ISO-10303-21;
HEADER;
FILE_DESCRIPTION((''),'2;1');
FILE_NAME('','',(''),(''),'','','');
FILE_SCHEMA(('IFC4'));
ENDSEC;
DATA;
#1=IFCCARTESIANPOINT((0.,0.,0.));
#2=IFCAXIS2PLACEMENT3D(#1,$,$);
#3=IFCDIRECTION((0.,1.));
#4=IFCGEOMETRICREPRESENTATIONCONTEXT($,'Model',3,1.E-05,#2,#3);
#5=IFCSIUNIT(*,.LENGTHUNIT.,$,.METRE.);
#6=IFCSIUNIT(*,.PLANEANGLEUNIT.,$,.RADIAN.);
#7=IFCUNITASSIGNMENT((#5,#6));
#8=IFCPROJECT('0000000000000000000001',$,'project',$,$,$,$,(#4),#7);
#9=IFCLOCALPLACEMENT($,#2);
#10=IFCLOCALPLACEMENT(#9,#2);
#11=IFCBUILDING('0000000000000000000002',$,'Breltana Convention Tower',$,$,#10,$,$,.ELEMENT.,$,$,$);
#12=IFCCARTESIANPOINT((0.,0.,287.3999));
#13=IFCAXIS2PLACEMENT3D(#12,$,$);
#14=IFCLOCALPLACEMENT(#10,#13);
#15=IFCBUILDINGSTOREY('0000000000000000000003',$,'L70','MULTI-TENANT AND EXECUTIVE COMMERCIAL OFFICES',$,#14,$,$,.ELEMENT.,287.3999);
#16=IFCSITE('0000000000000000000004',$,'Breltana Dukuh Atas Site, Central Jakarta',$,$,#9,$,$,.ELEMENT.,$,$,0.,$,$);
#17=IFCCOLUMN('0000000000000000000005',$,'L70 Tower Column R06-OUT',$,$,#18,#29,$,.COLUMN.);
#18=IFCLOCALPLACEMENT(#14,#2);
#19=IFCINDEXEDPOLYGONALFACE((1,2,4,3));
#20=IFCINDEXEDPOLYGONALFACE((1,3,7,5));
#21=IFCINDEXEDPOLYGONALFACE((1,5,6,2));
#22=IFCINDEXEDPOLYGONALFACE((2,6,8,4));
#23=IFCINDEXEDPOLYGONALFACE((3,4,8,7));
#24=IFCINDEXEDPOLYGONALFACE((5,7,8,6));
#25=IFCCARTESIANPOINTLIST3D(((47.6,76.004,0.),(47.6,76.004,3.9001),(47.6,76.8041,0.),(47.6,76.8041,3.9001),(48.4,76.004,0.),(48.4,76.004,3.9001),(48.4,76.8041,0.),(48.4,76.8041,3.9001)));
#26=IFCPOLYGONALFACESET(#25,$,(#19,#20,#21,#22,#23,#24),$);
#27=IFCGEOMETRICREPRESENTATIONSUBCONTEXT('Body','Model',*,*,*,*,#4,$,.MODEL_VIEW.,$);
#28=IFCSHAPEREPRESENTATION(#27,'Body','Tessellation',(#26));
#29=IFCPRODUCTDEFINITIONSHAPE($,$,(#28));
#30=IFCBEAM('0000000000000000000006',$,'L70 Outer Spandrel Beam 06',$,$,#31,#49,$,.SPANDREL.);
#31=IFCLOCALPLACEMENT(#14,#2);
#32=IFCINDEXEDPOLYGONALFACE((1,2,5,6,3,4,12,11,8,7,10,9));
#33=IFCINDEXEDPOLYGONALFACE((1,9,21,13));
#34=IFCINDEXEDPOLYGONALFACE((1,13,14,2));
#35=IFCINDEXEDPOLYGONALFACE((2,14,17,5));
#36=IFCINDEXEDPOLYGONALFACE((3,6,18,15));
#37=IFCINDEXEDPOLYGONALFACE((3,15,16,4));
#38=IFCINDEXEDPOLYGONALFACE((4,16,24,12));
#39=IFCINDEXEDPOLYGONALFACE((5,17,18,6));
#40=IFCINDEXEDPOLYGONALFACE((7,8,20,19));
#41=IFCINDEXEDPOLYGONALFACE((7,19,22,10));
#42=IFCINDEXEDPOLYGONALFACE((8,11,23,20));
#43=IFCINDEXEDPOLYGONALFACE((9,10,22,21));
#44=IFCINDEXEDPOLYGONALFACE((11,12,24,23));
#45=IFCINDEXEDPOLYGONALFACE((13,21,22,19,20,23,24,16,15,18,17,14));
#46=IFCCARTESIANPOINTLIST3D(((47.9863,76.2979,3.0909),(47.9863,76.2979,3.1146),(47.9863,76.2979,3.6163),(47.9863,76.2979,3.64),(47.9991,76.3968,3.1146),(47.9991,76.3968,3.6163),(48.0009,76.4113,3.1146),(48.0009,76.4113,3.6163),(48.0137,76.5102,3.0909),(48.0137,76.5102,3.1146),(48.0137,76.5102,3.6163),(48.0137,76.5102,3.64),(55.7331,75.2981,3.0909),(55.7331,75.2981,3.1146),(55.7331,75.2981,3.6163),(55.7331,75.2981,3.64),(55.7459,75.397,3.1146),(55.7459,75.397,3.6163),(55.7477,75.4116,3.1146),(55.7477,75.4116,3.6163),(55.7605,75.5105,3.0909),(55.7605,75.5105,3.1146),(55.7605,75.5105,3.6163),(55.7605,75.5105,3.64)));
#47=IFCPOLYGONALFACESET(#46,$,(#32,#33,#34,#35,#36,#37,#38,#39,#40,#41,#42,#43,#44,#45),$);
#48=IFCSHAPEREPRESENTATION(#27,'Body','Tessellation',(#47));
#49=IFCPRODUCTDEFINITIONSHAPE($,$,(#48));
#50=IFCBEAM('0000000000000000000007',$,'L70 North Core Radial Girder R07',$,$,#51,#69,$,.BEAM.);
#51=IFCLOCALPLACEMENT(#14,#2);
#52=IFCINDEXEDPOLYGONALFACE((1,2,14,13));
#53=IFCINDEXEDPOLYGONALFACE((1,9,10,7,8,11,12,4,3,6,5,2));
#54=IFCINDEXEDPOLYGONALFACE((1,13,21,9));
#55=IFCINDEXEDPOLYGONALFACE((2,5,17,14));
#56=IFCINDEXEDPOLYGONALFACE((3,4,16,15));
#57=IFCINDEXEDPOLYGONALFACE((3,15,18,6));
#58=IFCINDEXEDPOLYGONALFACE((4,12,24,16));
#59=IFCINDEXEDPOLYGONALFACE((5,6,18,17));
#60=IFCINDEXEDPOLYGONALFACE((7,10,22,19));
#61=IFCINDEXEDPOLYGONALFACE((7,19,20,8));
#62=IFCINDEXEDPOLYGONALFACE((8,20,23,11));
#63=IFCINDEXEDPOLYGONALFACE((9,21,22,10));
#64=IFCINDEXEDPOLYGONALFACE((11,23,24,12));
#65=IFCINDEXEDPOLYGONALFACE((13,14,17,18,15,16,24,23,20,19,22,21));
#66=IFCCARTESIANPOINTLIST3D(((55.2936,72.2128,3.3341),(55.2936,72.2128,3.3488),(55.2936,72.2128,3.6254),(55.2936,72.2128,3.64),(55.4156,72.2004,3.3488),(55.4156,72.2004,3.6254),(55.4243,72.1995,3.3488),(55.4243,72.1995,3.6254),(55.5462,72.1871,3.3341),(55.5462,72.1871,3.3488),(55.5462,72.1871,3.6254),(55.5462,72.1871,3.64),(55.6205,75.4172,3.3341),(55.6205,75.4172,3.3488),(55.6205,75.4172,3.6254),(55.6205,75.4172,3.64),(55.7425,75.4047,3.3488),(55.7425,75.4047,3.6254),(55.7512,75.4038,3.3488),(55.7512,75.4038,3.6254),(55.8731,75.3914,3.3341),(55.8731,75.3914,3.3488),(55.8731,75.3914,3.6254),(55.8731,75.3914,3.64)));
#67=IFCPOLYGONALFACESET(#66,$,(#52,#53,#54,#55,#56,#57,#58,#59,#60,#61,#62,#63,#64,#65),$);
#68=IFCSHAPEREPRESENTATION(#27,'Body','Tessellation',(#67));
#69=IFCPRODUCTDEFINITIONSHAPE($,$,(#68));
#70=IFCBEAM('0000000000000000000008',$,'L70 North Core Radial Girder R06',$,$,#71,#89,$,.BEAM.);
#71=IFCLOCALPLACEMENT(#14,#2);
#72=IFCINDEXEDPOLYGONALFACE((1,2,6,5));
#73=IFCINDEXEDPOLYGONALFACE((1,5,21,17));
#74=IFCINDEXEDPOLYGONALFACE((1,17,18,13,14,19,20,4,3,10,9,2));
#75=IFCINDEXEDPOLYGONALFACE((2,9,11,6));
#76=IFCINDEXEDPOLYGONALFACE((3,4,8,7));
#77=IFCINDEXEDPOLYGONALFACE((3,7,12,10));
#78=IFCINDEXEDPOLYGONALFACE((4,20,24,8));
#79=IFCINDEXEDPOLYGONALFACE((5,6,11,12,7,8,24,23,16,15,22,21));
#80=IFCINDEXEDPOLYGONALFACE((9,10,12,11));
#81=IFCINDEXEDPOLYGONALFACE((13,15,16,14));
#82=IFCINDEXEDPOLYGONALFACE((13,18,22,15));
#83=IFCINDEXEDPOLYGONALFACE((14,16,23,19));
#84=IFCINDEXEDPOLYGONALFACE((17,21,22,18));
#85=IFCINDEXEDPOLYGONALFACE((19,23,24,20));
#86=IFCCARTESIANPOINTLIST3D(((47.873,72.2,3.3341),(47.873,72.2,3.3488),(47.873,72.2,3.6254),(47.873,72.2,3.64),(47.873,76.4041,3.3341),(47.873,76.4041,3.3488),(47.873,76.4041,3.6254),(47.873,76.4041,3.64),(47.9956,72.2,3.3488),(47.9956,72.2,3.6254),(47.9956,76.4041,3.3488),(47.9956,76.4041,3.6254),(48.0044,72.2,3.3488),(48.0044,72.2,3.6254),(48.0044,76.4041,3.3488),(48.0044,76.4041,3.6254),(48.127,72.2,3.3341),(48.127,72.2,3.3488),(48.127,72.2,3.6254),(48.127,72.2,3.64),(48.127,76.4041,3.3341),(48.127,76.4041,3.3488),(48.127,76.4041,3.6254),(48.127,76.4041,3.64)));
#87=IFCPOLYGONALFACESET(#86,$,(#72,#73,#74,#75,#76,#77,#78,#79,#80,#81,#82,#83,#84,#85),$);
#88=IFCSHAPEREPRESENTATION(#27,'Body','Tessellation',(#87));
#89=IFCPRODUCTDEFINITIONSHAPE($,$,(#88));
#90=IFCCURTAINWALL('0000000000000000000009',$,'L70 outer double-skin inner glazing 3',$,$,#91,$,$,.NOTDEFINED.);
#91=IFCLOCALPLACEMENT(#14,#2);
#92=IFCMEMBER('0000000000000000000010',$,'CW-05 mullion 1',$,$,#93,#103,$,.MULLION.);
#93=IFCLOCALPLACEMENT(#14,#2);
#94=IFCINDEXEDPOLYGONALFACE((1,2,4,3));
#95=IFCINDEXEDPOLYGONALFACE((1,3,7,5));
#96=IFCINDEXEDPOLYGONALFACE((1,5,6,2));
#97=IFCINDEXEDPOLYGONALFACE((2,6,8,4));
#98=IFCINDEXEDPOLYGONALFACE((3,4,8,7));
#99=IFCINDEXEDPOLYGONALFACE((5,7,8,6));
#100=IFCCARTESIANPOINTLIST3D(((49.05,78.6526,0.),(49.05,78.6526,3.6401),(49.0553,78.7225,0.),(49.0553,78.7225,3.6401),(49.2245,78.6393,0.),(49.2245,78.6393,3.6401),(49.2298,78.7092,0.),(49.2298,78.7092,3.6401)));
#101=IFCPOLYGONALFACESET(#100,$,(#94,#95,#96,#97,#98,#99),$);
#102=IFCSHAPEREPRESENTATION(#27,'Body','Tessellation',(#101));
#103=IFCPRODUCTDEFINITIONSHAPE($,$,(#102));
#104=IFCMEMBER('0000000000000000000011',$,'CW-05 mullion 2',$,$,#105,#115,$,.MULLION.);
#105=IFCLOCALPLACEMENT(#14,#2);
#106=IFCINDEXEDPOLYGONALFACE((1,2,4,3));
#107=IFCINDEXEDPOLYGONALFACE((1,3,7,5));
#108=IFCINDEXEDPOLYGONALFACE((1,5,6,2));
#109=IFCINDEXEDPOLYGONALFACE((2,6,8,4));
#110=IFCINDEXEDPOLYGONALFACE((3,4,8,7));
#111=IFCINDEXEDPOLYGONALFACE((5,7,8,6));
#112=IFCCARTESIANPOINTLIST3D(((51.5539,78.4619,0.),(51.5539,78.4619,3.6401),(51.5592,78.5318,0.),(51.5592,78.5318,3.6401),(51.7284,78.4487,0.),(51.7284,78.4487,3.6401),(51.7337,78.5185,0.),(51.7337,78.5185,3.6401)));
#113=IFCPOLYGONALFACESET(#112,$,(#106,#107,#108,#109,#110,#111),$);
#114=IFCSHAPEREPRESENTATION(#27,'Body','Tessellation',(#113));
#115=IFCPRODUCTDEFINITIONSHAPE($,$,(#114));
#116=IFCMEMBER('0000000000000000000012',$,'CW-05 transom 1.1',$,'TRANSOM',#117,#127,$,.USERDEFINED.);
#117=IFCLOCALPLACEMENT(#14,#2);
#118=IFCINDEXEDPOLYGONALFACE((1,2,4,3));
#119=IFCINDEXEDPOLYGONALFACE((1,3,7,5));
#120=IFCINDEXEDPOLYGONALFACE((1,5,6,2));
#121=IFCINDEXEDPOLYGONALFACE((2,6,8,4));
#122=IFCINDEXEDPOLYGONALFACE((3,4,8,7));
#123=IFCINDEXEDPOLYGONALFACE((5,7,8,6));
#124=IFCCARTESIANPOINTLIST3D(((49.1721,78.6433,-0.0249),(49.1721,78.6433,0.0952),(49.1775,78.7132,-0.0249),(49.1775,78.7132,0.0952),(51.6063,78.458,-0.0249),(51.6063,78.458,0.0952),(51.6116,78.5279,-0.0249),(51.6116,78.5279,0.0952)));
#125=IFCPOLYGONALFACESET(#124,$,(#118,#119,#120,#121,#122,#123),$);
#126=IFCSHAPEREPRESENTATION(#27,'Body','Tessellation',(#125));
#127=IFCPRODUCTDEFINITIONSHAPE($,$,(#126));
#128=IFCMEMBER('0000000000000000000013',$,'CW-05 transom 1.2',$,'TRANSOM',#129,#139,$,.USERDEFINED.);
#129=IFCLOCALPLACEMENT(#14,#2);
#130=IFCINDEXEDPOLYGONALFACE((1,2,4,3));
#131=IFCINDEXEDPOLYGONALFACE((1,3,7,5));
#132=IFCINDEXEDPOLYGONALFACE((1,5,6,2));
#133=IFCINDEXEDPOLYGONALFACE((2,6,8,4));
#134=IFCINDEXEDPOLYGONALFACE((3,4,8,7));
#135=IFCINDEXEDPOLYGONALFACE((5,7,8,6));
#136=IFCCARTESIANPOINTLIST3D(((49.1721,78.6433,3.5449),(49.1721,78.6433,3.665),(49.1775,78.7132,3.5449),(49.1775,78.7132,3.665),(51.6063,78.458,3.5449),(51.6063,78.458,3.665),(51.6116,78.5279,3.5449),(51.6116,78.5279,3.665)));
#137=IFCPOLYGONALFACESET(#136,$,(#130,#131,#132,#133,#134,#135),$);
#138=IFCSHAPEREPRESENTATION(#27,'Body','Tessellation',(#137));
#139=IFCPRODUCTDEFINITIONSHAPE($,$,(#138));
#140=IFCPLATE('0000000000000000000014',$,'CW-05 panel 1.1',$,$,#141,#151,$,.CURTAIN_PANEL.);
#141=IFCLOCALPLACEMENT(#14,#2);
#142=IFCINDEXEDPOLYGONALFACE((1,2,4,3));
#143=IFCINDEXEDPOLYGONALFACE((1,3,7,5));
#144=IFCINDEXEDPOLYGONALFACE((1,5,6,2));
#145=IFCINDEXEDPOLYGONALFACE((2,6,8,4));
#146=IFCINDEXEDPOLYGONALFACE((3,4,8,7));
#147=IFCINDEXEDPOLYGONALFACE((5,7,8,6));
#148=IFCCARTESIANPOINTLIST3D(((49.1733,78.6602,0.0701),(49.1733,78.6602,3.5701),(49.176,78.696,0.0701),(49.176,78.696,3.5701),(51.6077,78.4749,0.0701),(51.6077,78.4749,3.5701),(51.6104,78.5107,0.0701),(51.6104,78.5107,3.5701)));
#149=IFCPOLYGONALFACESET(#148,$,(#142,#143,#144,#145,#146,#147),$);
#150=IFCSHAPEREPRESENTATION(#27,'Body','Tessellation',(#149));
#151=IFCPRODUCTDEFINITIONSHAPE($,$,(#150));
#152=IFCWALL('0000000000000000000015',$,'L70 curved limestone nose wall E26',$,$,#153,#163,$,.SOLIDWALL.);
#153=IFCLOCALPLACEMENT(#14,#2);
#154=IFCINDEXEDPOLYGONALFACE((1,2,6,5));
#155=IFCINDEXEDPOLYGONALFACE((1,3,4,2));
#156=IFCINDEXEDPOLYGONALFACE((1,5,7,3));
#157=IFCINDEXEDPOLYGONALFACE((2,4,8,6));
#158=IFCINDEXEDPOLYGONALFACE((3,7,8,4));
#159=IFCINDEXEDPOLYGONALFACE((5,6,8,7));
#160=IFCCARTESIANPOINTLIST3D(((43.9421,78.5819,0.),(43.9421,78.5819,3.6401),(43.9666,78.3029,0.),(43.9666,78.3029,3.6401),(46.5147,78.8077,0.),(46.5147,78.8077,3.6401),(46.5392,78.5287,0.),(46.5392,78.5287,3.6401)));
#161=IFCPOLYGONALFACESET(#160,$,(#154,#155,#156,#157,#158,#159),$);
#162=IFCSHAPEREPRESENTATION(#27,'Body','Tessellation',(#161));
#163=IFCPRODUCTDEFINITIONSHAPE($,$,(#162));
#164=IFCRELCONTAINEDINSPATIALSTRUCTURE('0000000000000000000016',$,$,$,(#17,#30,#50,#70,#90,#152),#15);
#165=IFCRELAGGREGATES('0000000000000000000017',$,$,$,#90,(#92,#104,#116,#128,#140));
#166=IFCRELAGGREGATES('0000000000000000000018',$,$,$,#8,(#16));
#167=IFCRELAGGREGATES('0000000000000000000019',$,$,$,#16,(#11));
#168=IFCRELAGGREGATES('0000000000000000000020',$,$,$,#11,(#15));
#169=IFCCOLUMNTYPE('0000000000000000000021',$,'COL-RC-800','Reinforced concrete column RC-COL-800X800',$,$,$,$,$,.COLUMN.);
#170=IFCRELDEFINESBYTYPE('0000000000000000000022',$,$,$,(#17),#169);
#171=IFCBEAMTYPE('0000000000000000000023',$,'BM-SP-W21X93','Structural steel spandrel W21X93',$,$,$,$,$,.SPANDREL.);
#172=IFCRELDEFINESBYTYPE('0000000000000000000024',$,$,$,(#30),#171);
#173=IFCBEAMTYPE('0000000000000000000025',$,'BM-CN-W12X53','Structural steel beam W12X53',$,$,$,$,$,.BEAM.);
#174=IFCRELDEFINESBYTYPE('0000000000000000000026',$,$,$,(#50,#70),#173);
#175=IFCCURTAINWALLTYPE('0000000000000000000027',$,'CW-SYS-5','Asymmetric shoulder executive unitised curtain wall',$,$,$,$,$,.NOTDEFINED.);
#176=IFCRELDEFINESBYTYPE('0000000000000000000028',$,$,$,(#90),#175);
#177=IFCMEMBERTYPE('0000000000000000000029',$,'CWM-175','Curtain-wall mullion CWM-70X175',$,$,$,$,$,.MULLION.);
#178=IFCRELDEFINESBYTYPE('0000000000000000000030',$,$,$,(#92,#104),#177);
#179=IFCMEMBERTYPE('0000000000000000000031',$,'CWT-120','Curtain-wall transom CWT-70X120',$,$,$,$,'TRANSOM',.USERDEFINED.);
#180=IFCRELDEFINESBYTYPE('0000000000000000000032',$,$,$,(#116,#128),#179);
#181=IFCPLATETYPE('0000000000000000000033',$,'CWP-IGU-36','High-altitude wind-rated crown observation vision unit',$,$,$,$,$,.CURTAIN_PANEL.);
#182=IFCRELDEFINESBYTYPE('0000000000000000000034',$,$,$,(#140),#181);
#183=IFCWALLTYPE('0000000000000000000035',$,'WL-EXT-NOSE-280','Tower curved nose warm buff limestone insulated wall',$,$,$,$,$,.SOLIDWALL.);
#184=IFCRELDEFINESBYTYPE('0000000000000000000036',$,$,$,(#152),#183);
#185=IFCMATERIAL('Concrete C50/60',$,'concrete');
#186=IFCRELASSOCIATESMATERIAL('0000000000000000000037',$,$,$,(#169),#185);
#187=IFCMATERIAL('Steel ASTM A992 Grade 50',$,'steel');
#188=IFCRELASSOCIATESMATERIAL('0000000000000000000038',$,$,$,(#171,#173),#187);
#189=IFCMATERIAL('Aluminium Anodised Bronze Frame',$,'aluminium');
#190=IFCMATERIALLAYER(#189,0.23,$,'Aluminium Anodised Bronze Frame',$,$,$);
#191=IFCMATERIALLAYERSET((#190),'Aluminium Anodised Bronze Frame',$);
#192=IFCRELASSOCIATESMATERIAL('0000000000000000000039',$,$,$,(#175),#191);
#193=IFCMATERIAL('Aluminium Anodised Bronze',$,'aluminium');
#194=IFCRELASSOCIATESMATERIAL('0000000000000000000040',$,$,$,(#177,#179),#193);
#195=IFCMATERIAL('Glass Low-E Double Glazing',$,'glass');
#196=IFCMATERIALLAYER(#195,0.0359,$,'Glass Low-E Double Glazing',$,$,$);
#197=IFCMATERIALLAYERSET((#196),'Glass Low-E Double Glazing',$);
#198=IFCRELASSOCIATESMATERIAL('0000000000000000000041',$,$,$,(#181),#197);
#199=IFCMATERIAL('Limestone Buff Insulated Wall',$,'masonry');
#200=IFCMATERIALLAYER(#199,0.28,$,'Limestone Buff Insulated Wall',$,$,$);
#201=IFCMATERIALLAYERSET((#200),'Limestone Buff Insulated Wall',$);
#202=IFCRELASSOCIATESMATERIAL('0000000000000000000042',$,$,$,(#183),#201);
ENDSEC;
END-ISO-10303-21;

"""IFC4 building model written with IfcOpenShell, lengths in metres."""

from ifc_helpers import new_model, si_unit, direction, frame, frame_2d, origin, origin_2d, place, context, subcontext, project, spatial, rectangle, i_section, extrude, source, transform, mapped, material, layer, layer_set, material_profile, profile_set, type_object, element, aggregate, save


model = new_model("IFC4")

# Units and contexts
model_context = context("Model", 3, precision=1e-05, world=origin(), true_north=direction((0.0, 1.0)))
body_context = subcontext(model_context, "Body", "Model", "MODEL_VIEW")
ifc_project = project(units=[si_unit("LENGTHUNIT", "METRE"), si_unit("PLANEANGLEUNIT", "RADIAN")], contexts=[model_context])

# Site, building, storey
site_placement = place(None, origin())
site = spatial("IfcSite", under=ifc_project, at=site_placement, Name="Breltana Dukuh Atas Site, Central Jakarta", CompositionType="ELEMENT", RefElevation=0.0)
building_placement = place(site_placement, origin())
building = spatial("IfcBuilding", under=site, at=building_placement, Name="Breltana Convention Tower", CompositionType="ELEMENT")
storey_placement = place(building_placement, frame((0.0, 0.0, 287.3999)))
storey = spatial("IfcBuildingStorey", under=building, at=storey_placement, Name="L70", Description="MULTI-TENANT AND EXECUTIVE COMMERCIAL OFFICES", CompositionType="ELEMENT", Elevation=287.3999)

# Column
ifc_material_1 = material(Name="Concrete C50/60", Category="concrete")
ifc_material_profile_1 = material_profile(ifc_material_1, rectangle(XDim=0.8, YDim=0.8, at=origin_2d()), Name="RC-COL-800X800")
ifc_profile_set_1 = profile_set([ifc_material_profile_1], Name="Concrete C50/60")
column_type = type_object("IfcColumnType", Name="COL-RC-800", Description="Reinforced concrete column RC-COL-800X800", PredefinedType="COLUMN", material=ifc_profile_set_1)
shared_shape_1 = source(origin(), body_context, "Body", "SweptSolid", [
    extrude(rectangle(XDim=0.8, YDim=0.8, at=origin_2d()), origin(), (0.0, 0.0, 1.0), 3.9001),
])
column_placement = place(storey_placement, frame((48.0, 76.4041, 0.0), z_axis=(0.0, 0.0, 1.0), x_axis=(0.0, 1.0, 0.0)))
element("IfcColumn", 1, at=column_placement, inside=storey, type_object=column_type, Name="L70 Tower Column R06-OUT", PredefinedType="COLUMN", context=body_context, shape_type="MappedRepresentation", body=[
    mapped(shared_shape_1, transform((0.0, 0.0, 0.0), scale=1.0)),
])

# Beams
ifc_material_2 = material(Name="Steel ASTM A992 Grade 50", Category="steel")
ifc_material_profile_2 = material_profile(ifc_material_2, i_section(OverallWidth=0.2141, OverallDepth=0.5491, WebThickness=0.0146, FlangeThickness=0.0237, at=origin_2d()), Name="W21X93")
ifc_profile_set_2 = profile_set([ifc_material_profile_2], Name="Steel ASTM A992 Grade 50")
beam_type_1 = type_object("IfcBeamType", Name="BM-SP-W21X93", Description="Structural steel spandrel W21X93", PredefinedType="SPANDREL", material=ifc_profile_set_2)
shared_shape_2 = source(origin(), body_context, "Body", "SweptSolid", [
    extrude(i_section(OverallWidth=0.2141, OverallDepth=0.5491, WebThickness=0.0146, FlangeThickness=0.0237, at=origin_2d()), origin(), (0.0, 0.0, 1.0), 7.811),
])
beam_1_placement = place(storey_placement, frame((48.0, 76.4041, 3.3655), z_axis=(0.991775, -0.127992, 0.0), x_axis=(0.127992, 0.991775, 0.0)))
element("IfcBeam", 2, at=beam_1_placement, inside=storey, type_object=beam_type_1, Name="L70 Outer Spandrel Beam 06", PredefinedType="SPANDREL", context=body_context, shape_type="MappedRepresentation", body=[
    mapped(shared_shape_2, transform((0.0, 0.0, 0.0), scale=1.0)),
])
ifc_material_profile_3 = material_profile(ifc_material_2, i_section(OverallWidth=0.2539, OverallDepth=0.3059, WebThickness=0.0088, FlangeThickness=0.0146, at=origin_2d()), Name="W12X53")
ifc_profile_set_3 = profile_set([ifc_material_profile_3], Name="Steel ASTM A992 Grade 50")
beam_type_2 = type_object("IfcBeamType", Name="BM-CN-W12X53", Description="Structural steel beam W12X53", PredefinedType="BEAM", material=ifc_profile_set_3)
shared_shape_3 = source(origin(), body_context, "Body", "SweptSolid", [
    extrude(i_section(OverallWidth=0.2539, OverallDepth=0.3059, WebThickness=0.0088, FlangeThickness=0.0146, at=origin_2d()), origin(), (0.0, 0.0, 1.0), 3.2209),
])
beam_2_placement = place(storey_placement, frame((55.4199, 72.2, 3.4871), z_axis=(0.101492, 0.994836, 0.0), x_axis=(-0.994836, 0.101492, 0.0)))
element("IfcBeam", 3, at=beam_2_placement, inside=storey, type_object=beam_type_2, Name="L70 North Core Radial Girder R07", PredefinedType="BEAM", context=body_context, shape_type="MappedRepresentation", body=[
    mapped(shared_shape_3, transform((0.0, 0.0, 0.0), scale=1.0)),
])
shared_shape_4 = source(origin(), body_context, "Body", "SweptSolid", [
    extrude(i_section(OverallWidth=0.2539, OverallDepth=0.3059, WebThickness=0.0088, FlangeThickness=0.0146, at=origin_2d()), origin(), (0.0, 0.0, 1.0), 4.2041),
])
beam_3_placement = place(storey_placement, frame((48.0, 72.2, 3.4871), z_axis=(0.0, 1.0, 0.0), x_axis=(-1.0, 0.0, 0.0)))
element("IfcBeam", 4, at=beam_3_placement, inside=storey, type_object=beam_type_2, Name="L70 North Core Radial Girder R06", PredefinedType="BEAM", context=body_context, shape_type="MappedRepresentation", body=[
    mapped(shared_shape_4, transform((0.0, 0.0, 0.0), scale=1.0)),
])

# Curtain wall, members, plate
ifc_material_3 = material(Name="Aluminium Anodised Bronze Frame", Category="aluminium")
ifc_layer_1 = layer(ifc_material_3, 0.23, Name="Aluminium Anodised Bronze Frame")
ifc_layer_set_1 = layer_set([ifc_layer_1], Name="Aluminium Anodised Bronze Frame")
curtain_wall_type = type_object("IfcCurtainWallType", Name="CW-SYS-5", Description="Asymmetric shoulder executive unitised curtain wall", PredefinedType="NOTDEFINED", material=ifc_layer_set_1)
curtain_wall_placement = place(storey_placement, origin())
curtain_wall = element("IfcCurtainWall", 5, at=curtain_wall_placement, inside=storey, type_object=curtain_wall_type, Name="L70 outer double-skin inner glazing 3", PredefinedType="NOTDEFINED")
ifc_material_4 = material(Name="Aluminium Anodised Bronze", Category="aluminium")
ifc_material_profile_4 = material_profile(ifc_material_4, rectangle(XDim=0.0701, YDim=0.175, at=origin_2d()), Name="CWM-70X175")
ifc_profile_set_4 = profile_set([ifc_material_profile_4], Name="Aluminium Anodised Bronze")
member_type_1 = type_object("IfcMemberType", Name="CWM-175", Description="Curtain-wall mullion CWM-70X175", PredefinedType="MULLION", material=ifc_profile_set_4)
shared_shape_5 = source(origin(), body_context, "Body", "SweptSolid", [
    extrude(rectangle(XDim=0.0701, YDim=0.175, at=origin_2d()), origin(), (0.0, 0.0, 1.0), 3.6401),
])
member_1_placement = place(storey_placement, frame((49.1399, 78.6809, 0.0), z_axis=(0.0, 0.0, 1.0), x_axis=(0.075891, 0.997116, 0.0)))
member_1 = element("IfcMember", 6, at=member_1_placement, type_object=member_type_1, Name="CW-05 mullion 1", PredefinedType="MULLION", context=body_context, shape_type="MappedRepresentation", body=[
    mapped(shared_shape_5, transform((0.0, 0.0, 0.0), scale=1.0)),
])
member_2_placement = place(storey_placement, frame((51.6438, 78.4902, 0.0), z_axis=(0.0, 0.0, 1.0), x_axis=(0.075891, 0.997116, 0.0)))
member_2 = element("IfcMember", 7, at=member_2_placement, type_object=member_type_1, Name="CW-05 mullion 2", PredefinedType="MULLION", context=body_context, shape_type="MappedRepresentation", body=[
    mapped(shared_shape_5, transform((0.0, 0.0, 0.0), scale=1.0)),
])
ifc_material_profile_5 = material_profile(ifc_material_4, rectangle(XDim=0.0701, YDim=0.1201, at=origin_2d()), Name="CWT-70X120")
ifc_profile_set_5 = profile_set([ifc_material_profile_5], Name="Aluminium Anodised Bronze")
member_type_2 = type_object("IfcMemberType", Name="CWT-120", Description="Curtain-wall transom CWT-70X120", ElementType="TRANSOM", PredefinedType="USERDEFINED", material=ifc_profile_set_5)
shared_shape_6 = source(origin(), body_context, "Body", "SweptSolid", [
    extrude(rectangle(XDim=0.0701, YDim=0.1201, at=origin_2d()), origin(), (0.0, 0.0, 1.0), 2.4412),
])
member_3_placement = place(storey_placement, frame((49.1748, 78.6782, 0.0352), z_axis=(0.997115, -0.075909, 0.0), x_axis=(0.075909, 0.997115, 0.0)))
member_3 = element("IfcMember", 8, at=member_3_placement, type_object=member_type_2, Name="CW-05 transom 1.1", ObjectType="TRANSOM", PredefinedType="USERDEFINED", context=body_context, shape_type="MappedRepresentation", body=[
    mapped(shared_shape_6, transform((0.0, 0.0, 0.0), scale=1.0)),
])
member_4_placement = place(storey_placement, frame((49.1748, 78.6782, 3.605), z_axis=(0.997115, -0.075909, 0.0), x_axis=(0.075909, 0.997115, 0.0)))
member_4 = element("IfcMember", 9, at=member_4_placement, type_object=member_type_2, Name="CW-05 transom 1.2", ObjectType="TRANSOM", PredefinedType="USERDEFINED", context=body_context, shape_type="MappedRepresentation", body=[
    mapped(shared_shape_6, transform((0.0, 0.0, 0.0), scale=1.0)),
])
ifc_material_5 = material(Name="Glass Low-E Double Glazing", Category="glass")
ifc_layer_2 = layer(ifc_material_5, 0.0359, Name="Glass Low-E Double Glazing")
ifc_layer_set_2 = layer_set([ifc_layer_2], Name="Glass Low-E Double Glazing")
plate_type = type_object("IfcPlateType", Name="CWP-IGU-36", Description="High-altitude wind-rated crown observation vision unit", PredefinedType="CURTAIN_PANEL", material=ifc_layer_set_2)
shared_shape_7 = source(origin(), body_context, "Body", "SweptSolid", [
    extrude(rectangle(XDim=2.4414, YDim=0.0359, at=origin_2d()), origin(), (0.0, 0.0, 1.0), 3.5),
])
plate_placement = place(storey_placement, frame((50.3918, 78.5854, 0.0701), z_axis=(0.0, 0.0, 1.0), x_axis=(0.997116, -0.075891, 0.0)))
plate = element("IfcPlate", 10, at=plate_placement, type_object=plate_type, Name="CW-05 panel 1.1", PredefinedType="CURTAIN_PANEL", context=body_context, shape_type="MappedRepresentation", body=[
    mapped(shared_shape_7, transform((0.0, 0.0, 0.0), scale=1.0)),
])
aggregate(curtain_wall, [member_1, member_2, member_3, member_4, plate])

# Wall
ifc_material_6 = material(Name="Limestone Buff Insulated Wall", Category="masonry")
ifc_layer_3 = layer(ifc_material_6, 0.28, Name="Limestone Buff Insulated Wall")
ifc_layer_set_3 = layer_set([ifc_layer_3], Name="Limestone Buff Insulated Wall")
wall_type_1 = type_object("IfcWallType", Name="WL-EXT-NOSE-280", Description="Tower curved nose warm buff limestone insulated wall", PredefinedType="SOLIDWALL", material=ifc_layer_set_3)
shared_shape_8 = source(origin(), body_context, "Body", "SweptSolid", [
    extrude(rectangle(XDim=2.5825, YDim=0.28, at=frame_2d((1.2913, 0.0))), origin(), (0.0, 0.0, 1.0), 3.6401),
])
wall_1_placement = place(storey_placement, frame((43.9543, 78.4424, 0.0), z_axis=(0.0, 0.0, 1.0), x_axis=(0.996169, 0.08745, 0.0)))
element("IfcWall", 11, at=wall_1_placement, inside=storey, type_object=wall_type_1, Name="L70 curved limestone nose wall E26", PredefinedType="SOLIDWALL", context=body_context, shape_type="MappedRepresentation", body=[
    mapped(shared_shape_8, transform((0.0, 0.0, 0.0), scale=1.0)),
])

save(model, "model.ifc")
